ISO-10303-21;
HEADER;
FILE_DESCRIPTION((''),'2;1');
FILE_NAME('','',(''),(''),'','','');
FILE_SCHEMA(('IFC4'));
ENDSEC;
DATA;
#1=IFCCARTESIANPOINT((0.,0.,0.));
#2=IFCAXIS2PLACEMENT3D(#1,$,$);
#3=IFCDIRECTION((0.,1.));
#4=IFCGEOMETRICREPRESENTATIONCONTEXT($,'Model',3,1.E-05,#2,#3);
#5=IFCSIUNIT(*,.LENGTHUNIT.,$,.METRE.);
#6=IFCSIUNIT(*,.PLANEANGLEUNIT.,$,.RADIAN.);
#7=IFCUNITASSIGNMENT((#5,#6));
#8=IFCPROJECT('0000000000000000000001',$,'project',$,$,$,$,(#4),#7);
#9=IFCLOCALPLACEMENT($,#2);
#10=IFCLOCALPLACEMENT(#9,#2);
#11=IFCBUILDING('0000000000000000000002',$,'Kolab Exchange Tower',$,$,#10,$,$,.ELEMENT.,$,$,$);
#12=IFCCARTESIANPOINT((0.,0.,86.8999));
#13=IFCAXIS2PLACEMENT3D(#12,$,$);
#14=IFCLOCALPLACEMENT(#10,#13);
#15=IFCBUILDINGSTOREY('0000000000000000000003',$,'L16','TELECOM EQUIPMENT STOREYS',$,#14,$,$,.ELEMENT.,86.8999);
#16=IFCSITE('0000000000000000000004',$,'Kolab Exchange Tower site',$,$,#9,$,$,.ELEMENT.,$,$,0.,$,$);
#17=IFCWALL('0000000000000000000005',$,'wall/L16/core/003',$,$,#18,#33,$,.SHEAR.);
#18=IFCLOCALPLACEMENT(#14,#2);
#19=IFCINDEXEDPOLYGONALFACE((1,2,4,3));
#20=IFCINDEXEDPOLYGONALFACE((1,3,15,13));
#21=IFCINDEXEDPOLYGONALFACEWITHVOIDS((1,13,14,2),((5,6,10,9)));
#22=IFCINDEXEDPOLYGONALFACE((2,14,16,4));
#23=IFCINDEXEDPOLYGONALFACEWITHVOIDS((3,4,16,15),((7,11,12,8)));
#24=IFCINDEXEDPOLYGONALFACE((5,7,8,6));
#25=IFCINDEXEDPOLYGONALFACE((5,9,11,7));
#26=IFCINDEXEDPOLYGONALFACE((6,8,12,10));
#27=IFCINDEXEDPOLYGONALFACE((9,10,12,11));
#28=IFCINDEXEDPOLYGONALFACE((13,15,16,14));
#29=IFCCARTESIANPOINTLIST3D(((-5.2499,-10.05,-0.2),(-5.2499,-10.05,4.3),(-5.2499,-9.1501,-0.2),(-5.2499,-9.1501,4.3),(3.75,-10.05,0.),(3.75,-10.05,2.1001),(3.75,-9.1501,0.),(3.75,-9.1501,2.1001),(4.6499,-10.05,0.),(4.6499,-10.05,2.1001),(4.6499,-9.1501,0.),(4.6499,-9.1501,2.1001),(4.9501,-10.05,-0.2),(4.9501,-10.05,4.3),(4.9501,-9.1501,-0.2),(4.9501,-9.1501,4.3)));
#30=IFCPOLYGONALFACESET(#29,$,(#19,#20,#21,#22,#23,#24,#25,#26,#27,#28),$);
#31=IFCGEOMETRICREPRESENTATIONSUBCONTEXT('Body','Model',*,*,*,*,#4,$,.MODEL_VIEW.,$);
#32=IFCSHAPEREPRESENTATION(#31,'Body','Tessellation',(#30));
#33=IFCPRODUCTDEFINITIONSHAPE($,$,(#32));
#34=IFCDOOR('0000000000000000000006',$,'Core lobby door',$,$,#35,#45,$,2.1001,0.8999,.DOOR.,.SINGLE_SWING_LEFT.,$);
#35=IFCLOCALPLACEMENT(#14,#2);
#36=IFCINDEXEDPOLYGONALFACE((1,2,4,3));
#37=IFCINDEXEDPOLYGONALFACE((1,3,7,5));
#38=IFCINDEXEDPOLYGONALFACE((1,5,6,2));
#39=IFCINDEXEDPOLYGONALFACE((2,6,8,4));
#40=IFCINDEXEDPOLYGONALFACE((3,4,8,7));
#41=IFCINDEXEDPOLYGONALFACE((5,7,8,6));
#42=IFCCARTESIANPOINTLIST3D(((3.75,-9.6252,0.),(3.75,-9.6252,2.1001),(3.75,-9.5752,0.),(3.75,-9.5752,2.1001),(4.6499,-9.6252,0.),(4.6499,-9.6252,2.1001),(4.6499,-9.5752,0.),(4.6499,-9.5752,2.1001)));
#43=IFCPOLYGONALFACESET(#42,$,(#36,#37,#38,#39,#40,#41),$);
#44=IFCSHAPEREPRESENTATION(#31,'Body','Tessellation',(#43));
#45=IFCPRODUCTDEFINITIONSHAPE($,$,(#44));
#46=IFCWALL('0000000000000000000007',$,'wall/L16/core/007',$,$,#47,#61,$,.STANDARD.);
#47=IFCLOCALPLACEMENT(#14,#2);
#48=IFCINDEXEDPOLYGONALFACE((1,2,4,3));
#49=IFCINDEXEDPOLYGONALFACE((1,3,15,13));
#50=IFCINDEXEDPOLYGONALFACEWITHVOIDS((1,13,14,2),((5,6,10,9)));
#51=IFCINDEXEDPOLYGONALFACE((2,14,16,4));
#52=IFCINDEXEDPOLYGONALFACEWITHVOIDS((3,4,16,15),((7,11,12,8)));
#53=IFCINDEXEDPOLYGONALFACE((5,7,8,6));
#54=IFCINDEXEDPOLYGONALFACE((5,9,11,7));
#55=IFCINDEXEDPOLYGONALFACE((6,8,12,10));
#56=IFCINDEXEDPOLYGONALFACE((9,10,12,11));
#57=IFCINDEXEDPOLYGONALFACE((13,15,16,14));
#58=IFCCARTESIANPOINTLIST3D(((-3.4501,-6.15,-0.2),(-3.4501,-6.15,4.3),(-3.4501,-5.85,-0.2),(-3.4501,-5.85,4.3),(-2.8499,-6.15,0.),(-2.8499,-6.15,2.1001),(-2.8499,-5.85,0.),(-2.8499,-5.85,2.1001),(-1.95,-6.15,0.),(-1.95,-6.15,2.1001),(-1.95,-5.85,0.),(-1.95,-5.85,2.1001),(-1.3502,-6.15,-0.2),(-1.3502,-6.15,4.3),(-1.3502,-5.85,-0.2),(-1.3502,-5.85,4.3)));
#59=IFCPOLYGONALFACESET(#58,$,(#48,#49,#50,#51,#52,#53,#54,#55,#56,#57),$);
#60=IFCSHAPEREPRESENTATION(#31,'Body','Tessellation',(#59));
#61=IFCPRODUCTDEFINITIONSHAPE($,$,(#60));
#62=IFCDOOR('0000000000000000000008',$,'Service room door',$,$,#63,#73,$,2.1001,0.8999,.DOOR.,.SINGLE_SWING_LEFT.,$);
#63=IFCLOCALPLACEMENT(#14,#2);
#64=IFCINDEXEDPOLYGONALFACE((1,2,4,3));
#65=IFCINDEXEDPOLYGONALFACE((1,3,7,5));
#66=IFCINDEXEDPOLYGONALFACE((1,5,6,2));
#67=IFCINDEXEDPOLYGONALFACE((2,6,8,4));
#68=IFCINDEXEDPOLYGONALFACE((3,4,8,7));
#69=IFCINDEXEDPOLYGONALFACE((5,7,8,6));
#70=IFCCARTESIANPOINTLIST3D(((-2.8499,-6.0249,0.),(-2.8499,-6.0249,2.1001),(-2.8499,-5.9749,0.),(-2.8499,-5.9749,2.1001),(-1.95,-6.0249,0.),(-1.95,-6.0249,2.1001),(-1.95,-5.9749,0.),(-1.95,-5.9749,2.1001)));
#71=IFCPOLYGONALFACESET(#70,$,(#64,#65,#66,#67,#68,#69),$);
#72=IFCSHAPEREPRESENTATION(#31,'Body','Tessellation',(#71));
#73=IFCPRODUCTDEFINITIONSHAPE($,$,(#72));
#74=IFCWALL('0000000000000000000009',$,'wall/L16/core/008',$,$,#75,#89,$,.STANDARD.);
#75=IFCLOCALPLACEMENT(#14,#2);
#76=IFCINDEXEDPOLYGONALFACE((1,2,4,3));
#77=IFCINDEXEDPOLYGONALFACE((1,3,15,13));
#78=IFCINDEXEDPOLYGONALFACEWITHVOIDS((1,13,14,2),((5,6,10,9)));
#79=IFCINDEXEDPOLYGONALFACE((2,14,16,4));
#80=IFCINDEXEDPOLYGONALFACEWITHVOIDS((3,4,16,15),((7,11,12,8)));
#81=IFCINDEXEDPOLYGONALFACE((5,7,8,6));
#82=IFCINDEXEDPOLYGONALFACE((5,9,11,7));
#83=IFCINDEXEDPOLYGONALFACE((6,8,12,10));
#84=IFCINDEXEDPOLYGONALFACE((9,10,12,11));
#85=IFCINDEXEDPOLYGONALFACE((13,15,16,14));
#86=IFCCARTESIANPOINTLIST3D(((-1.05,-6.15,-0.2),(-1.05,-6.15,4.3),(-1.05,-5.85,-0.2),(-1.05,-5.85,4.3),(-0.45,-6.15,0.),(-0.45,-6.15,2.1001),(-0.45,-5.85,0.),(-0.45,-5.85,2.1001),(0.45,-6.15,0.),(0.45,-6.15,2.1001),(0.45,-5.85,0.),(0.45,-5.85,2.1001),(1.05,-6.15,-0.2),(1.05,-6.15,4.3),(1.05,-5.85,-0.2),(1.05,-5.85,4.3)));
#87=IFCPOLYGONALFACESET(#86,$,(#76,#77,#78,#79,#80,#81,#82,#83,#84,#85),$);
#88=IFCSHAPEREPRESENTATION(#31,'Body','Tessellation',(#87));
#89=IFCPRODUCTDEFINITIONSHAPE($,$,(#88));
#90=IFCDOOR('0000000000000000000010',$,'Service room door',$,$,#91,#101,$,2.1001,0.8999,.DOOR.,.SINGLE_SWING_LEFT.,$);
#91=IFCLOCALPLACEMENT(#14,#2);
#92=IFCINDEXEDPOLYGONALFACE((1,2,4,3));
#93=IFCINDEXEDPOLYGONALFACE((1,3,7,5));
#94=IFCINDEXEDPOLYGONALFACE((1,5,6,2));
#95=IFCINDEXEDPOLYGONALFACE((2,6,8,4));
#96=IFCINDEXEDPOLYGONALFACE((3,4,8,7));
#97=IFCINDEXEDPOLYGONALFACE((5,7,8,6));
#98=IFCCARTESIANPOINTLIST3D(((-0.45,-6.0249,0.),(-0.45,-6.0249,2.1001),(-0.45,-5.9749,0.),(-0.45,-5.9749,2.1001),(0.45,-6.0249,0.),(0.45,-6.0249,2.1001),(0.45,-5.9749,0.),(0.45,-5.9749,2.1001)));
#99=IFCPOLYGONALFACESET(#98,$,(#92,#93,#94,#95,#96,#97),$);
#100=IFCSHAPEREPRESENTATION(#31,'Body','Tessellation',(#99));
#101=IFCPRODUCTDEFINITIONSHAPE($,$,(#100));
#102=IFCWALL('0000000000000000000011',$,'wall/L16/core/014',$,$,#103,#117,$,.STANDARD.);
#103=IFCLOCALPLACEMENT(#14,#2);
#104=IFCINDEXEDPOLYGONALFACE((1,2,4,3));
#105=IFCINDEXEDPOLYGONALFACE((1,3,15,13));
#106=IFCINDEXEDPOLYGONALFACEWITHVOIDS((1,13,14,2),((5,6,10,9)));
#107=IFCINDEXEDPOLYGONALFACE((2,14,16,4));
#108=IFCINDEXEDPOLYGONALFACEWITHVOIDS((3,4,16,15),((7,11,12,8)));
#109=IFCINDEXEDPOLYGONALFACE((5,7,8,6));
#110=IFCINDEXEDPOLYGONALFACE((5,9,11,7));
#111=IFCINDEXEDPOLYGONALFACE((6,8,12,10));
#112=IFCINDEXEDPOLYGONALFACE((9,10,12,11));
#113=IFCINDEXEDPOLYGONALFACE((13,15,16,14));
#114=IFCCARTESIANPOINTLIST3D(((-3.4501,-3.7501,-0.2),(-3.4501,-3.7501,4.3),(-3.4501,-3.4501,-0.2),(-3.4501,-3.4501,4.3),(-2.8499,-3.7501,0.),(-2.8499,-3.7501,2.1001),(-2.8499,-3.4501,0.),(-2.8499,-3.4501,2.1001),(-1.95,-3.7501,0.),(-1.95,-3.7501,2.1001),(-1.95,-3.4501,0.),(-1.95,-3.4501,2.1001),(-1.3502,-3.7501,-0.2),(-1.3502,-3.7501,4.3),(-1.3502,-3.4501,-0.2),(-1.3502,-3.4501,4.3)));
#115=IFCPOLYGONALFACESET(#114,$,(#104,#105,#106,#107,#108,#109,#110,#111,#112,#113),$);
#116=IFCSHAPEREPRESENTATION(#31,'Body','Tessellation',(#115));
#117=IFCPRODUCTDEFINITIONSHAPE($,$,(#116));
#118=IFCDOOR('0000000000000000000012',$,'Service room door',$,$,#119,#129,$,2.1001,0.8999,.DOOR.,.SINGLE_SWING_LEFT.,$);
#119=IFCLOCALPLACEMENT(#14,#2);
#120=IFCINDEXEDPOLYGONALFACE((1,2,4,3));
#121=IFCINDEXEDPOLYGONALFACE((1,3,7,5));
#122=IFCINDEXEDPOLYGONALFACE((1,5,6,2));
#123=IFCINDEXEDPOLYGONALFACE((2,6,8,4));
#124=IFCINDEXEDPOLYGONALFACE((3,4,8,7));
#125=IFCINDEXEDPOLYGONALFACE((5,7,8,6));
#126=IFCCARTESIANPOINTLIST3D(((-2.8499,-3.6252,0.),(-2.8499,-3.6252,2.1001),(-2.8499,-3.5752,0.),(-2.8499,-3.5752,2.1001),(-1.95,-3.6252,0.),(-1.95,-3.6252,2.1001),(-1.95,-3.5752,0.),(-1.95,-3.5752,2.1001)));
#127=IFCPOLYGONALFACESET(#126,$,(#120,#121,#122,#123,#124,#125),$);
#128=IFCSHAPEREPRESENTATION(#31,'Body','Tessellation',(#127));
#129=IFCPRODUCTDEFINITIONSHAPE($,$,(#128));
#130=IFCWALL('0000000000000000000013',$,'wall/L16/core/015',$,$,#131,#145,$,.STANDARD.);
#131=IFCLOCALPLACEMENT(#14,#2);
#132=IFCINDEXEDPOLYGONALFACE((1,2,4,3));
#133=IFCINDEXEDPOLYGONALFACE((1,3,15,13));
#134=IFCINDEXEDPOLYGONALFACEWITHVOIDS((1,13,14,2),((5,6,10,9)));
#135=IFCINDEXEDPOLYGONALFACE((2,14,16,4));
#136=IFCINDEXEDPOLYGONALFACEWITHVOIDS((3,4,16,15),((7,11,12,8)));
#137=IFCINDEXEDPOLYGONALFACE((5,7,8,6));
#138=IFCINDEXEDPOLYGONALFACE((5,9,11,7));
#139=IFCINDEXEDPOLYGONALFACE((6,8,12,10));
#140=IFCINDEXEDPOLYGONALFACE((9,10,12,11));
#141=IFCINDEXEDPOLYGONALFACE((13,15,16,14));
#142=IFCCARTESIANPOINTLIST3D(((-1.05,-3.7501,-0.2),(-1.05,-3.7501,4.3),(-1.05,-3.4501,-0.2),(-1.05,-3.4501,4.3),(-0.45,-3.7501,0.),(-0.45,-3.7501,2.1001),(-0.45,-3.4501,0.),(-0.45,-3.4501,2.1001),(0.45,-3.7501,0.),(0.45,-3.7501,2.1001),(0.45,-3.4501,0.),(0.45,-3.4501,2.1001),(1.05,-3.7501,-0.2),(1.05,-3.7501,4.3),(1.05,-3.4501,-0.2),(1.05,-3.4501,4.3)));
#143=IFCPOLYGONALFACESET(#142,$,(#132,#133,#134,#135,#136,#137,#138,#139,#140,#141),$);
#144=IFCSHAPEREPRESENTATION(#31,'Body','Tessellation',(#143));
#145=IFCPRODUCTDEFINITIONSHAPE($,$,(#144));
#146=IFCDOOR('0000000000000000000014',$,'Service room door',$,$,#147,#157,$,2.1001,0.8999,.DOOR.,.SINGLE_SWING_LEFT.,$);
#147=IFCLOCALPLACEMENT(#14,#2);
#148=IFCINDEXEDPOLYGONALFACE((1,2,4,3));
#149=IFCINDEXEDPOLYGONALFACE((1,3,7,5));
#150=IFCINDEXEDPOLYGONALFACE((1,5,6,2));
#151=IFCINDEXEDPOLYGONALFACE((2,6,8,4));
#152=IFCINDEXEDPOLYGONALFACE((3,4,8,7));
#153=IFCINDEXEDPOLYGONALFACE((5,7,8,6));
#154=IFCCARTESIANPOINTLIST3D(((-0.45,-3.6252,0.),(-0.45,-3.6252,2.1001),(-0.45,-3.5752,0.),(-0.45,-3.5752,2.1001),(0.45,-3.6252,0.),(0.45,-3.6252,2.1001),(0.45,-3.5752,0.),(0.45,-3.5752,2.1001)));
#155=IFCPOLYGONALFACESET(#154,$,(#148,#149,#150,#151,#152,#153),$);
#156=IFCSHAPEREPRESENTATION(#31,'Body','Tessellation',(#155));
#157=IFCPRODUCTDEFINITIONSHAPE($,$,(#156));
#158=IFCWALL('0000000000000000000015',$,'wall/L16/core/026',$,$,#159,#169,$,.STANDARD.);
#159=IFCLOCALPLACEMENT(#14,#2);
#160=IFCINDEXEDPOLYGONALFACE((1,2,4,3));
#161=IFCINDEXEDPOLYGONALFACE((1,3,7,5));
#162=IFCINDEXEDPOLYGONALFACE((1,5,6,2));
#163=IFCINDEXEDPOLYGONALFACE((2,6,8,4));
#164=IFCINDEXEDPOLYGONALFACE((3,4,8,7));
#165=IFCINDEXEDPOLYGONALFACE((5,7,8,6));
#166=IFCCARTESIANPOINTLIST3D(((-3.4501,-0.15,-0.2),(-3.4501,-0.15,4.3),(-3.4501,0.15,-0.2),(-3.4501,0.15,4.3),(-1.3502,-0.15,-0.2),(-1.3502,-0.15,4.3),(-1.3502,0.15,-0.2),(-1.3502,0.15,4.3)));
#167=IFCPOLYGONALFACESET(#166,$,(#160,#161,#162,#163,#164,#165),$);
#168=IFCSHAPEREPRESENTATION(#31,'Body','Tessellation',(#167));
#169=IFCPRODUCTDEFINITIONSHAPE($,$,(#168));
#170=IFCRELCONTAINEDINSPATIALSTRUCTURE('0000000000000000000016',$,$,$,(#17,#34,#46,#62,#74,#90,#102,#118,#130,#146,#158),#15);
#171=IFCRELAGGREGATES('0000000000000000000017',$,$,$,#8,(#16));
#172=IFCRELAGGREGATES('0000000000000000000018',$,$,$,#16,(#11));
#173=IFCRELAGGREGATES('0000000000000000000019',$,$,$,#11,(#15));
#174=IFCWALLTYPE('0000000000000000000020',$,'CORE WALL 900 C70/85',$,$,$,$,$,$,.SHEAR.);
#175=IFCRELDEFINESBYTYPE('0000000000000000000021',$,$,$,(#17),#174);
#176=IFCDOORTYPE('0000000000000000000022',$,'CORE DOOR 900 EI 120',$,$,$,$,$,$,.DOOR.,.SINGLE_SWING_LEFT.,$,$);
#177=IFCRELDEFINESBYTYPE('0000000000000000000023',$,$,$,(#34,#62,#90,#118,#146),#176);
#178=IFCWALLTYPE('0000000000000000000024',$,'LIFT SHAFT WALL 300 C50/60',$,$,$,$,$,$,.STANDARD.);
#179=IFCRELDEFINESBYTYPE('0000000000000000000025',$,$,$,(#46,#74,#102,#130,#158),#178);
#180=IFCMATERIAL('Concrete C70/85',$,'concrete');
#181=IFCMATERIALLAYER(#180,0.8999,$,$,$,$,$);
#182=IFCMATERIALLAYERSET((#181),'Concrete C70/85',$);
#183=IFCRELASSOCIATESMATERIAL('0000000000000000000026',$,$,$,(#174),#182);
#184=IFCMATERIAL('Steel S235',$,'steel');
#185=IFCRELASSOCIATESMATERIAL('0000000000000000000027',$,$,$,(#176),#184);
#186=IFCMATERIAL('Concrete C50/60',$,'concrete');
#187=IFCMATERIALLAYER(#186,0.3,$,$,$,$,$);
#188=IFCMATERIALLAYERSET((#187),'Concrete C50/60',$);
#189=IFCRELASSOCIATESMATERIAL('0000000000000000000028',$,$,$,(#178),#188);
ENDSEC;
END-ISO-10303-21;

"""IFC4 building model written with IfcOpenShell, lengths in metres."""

from ifc_helpers import new_model, si_unit, direction, frame, frame_2d, origin, place, context, subcontext, project, spatial, rectangle, extrude, material, layer, layer_set, type_object, element, fill, save


model = new_model("IFC4")

# Units and contexts
model_context = context("Model", 3, precision=1e-05, world=origin(), true_north=direction((0.0, 1.0)))
body_context = subcontext(model_context, "Body", "Model", "MODEL_VIEW")
ifc_project = project(units=[si_unit("LENGTHUNIT", "METRE"), si_unit("PLANEANGLEUNIT", "RADIAN")], contexts=[model_context])

# Site, building, storey
site_placement = place(None, origin())
site = spatial("IfcSite", under=ifc_project, at=site_placement, Name="Kolab Exchange Tower site", CompositionType="ELEMENT", RefElevation=0.0)
building_placement = place(site_placement, origin())
building = spatial("IfcBuilding", under=site, at=building_placement, Name="Kolab Exchange Tower", CompositionType="ELEMENT")
storey_placement = place(building_placement, frame((0.0, 0.0, 86.8999)))
storey = spatial("IfcBuildingStorey", under=building, at=storey_placement, Name="L16", Description="TELECOM EQUIPMENT STOREYS", CompositionType="ELEMENT", Elevation=86.8999)

# Walls, openings, doors
ifc_material_1 = material(Name="Concrete C70/85", Category="concrete")
ifc_layer_1 = layer(ifc_material_1, 0.8999)
ifc_layer_set_1 = layer_set([ifc_layer_1], Name="Concrete C70/85")
wall_type_1 = type_object("IfcWallType", Name="CORE WALL 900 C70/85", PredefinedType="SHEAR", material=ifc_layer_set_1)
wall_1_placement = place(storey_placement, frame((-5.25, -9.6001, -0.2), z_axis=(0.0, 0.0, 1.0), x_axis=(1.0, 0.0, 0.0)))
wall_1 = element("IfcWall", 1, at=wall_1_placement, inside=storey, type_object=wall_type_1, Name="wall/L16/core/003", PredefinedType="SHEAR", context=body_context, shape_type="SweptSolid", body=[
    extrude(rectangle(XDim=10.2, YDim=0.8999, at=frame_2d((5.1001, 0.0))), origin(), (0.0, 0.0, 1.0), 4.5),
])
opening_1_placement = place(wall_1_placement, frame((9.0, 0.0, 0.2)))
opening_1 = element("IfcOpeningElement", 2, at=opening_1_placement, cuts=wall_1, PredefinedType="OPENING", context=body_context, shape_type="SweptSolid", body=[
    extrude(rectangle(XDim=0.8999, YDim=2.1001, at=frame_2d((0.45, 1.05))), frame((0.0, 0.46, 0.0), z_axis=(0.0, -1.0, 0.0), x_axis=(1.0, 0.0, 0.0)), (0.0, 0.0, 1.0), 0.9199),
])
ifc_material_2 = material(Name="Steel S235", Category="steel")
door_type_1 = type_object("IfcDoorType", Name="CORE DOOR 900 EI 120", OperationType="SINGLE_SWING_LEFT", PredefinedType="DOOR", material=ifc_material_2)
door_1_placement = place(opening_1_placement, origin())
door_1 = element("IfcDoor", 3, at=door_1_placement, inside=storey, type_object=door_type_1, Name="Core lobby door", OperationType="SINGLE_SWING_LEFT", OverallHeight=2.1001, OverallWidth=0.8999, PredefinedType="DOOR", context=body_context, shape_type="SweptSolid", body=[
    extrude(rectangle(XDim=0.8999, YDim=2.1001, at=frame_2d((0.45, 1.05))), frame((0.0, 0.0249, 0.0), z_axis=(0.0, -1.0, 0.0), x_axis=(1.0, 0.0, 0.0)), (0.0, 0.0, 1.0), 0.05),
])
fill(opening_1, door_1)
ifc_material_3 = material(Name="Concrete C50/60", Category="concrete")
ifc_layer_2 = layer(ifc_material_3, 0.3)
ifc_layer_set_2 = layer_set([ifc_layer_2], Name="Concrete C50/60")
wall_type_2 = type_object("IfcWallType", Name="LIFT SHAFT WALL 300 C50/60", PredefinedType="STANDARD", material=ifc_layer_set_2)
wall_2_placement = place(storey_placement, frame((-3.45, -6.0, -0.2), z_axis=(0.0, 0.0, 1.0), x_axis=(1.0, 0.0, 0.0)))
wall_2 = element("IfcWall", 4, at=wall_2_placement, inside=storey, type_object=wall_type_2, Name="wall/L16/core/007", PredefinedType="STANDARD", context=body_context, shape_type="SweptSolid", body=[
    extrude(rectangle(XDim=2.0999, YDim=0.3, at=frame_2d((1.0498, 0.0))), origin(), (0.0, 0.0, 1.0), 4.5),
])
opening_2_placement = place(wall_2_placement, frame((0.6001, 0.0, 0.2)))
opening_2 = element("IfcOpeningElement", 5, at=opening_2_placement, cuts=wall_2, PredefinedType="OPENING", context=body_context, shape_type="SweptSolid", body=[
    extrude(rectangle(XDim=0.8999, YDim=2.1001, at=frame_2d((0.45, 1.05))), frame((0.0, 0.1602, 0.0), z_axis=(0.0, -1.0, 0.0), x_axis=(1.0, 0.0, 0.0)), (0.0, 0.0, 1.0), 0.3201),
])
door_2_placement = place(opening_2_placement, frame((0.8999, 0.0, 0.0), z_axis=(0.0, 0.0, 1.0), x_axis=(-1.0, 0.0, 0.0)))
door_2 = element("IfcDoor", 6, at=door_2_placement, inside=storey, type_object=door_type_1, Name="Service room door", OperationType="SINGLE_SWING_LEFT", OverallHeight=2.1001, OverallWidth=0.8999, PredefinedType="DOOR", context=body_context, shape_type="SweptSolid", body=[
    extrude(rectangle(XDim=0.8999, YDim=2.1001, at=frame_2d((0.45, 1.05))), frame((0.0, 0.0249, 0.0), z_axis=(0.0, -1.0, 0.0), x_axis=(1.0, 0.0, 0.0)), (0.0, 0.0, 1.0), 0.05),
])
fill(opening_2, door_2)
wall_3_placement = place(storey_placement, frame((-1.05, -6.0, -0.2), z_axis=(0.0, 0.0, 1.0), x_axis=(1.0, 0.0, 0.0)))
wall_3 = element("IfcWall", 7, at=wall_3_placement, inside=storey, type_object=wall_type_2, Name="wall/L16/core/008", PredefinedType="STANDARD", context=body_context, shape_type="SweptSolid", body=[
    extrude(rectangle(XDim=2.1001, YDim=0.3, at=frame_2d((1.05, 0.0))), origin(), (0.0, 0.0, 1.0), 4.5),
])
opening_3_placement = place(wall_3_placement, frame((0.6001, 0.0, 0.2)))
opening_3 = element("IfcOpeningElement", 8, at=opening_3_placement, cuts=wall_3, PredefinedType="OPENING", context=body_context, shape_type="SweptSolid", body=[
    extrude(rectangle(XDim=0.8999, YDim=2.1001, at=frame_2d((0.45, 1.05))), frame((0.0, 0.1602, 0.0), z_axis=(0.0, -1.0, 0.0), x_axis=(1.0, 0.0, 0.0)), (0.0, 0.0, 1.0), 0.3201),
])
door_3_placement = place(opening_3_placement, frame((0.8999, 0.0, 0.0), z_axis=(0.0, 0.0, 1.0), x_axis=(-1.0, 0.0, 0.0)))
door_3 = element("IfcDoor", 9, at=door_3_placement, inside=storey, type_object=door_type_1, Name="Service room door", OperationType="SINGLE_SWING_LEFT", OverallHeight=2.1001, OverallWidth=0.8999, PredefinedType="DOOR", context=body_context, shape_type="SweptSolid", body=[
    extrude(rectangle(XDim=0.8999, YDim=2.1001, at=frame_2d((0.45, 1.05))), frame((0.0, 0.0249, 0.0), z_axis=(0.0, -1.0, 0.0), x_axis=(1.0, 0.0, 0.0)), (0.0, 0.0, 1.0), 0.05),
])
fill(opening_3, door_3)
wall_4_placement = place(storey_placement, frame((-3.45, -3.6001, -0.2), z_axis=(0.0, 0.0, 1.0), x_axis=(1.0, 0.0, 0.0)))
wall_4 = element("IfcWall", 10, at=wall_4_placement, inside=storey, type_object=wall_type_2, Name="wall/L16/core/014", PredefinedType="STANDARD", context=body_context, shape_type="SweptSolid", body=[
    extrude(rectangle(XDim=2.0999, YDim=0.3, at=frame_2d((1.0498, 0.0))), origin(), (0.0, 0.0, 1.0), 4.5),
])
opening_4_placement = place(wall_4_placement, frame((0.6001, 0.0, 0.2)))
opening_4 = element("IfcOpeningElement", 11, at=opening_4_placement, cuts=wall_4, PredefinedType="OPENING", context=body_context, shape_type="SweptSolid", body=[
    extrude(rectangle(XDim=0.8999, YDim=2.1001, at=frame_2d((0.45, 1.05))), frame((0.0, 0.1602, 0.0), z_axis=(0.0, -1.0, 0.0), x_axis=(1.0, 0.0, 0.0)), (0.0, 0.0, 1.0), 0.3201),
])
door_4_placement = place(opening_4_placement, origin())
door_4 = element("IfcDoor", 12, at=door_4_placement, inside=storey, type_object=door_type_1, Name="Service room door", OperationType="SINGLE_SWING_LEFT", OverallHeight=2.1001, OverallWidth=0.8999, PredefinedType="DOOR", context=body_context, shape_type="SweptSolid", body=[
    extrude(rectangle(XDim=0.8999, YDim=2.1001, at=frame_2d((0.45, 1.05))), frame((0.0, 0.0249, 0.0), z_axis=(0.0, -1.0, 0.0), x_axis=(1.0, 0.0, 0.0)), (0.0, 0.0, 1.0), 0.05),
])
fill(opening_4, door_4)
wall_5_placement = place(storey_placement, frame((-1.05, -3.6001, -0.2), z_axis=(0.0, 0.0, 1.0), x_axis=(1.0, 0.0, 0.0)))
wall_5 = element("IfcWall", 13, at=wall_5_placement, inside=storey, type_object=wall_type_2, Name="wall/L16/core/015", PredefinedType="STANDARD", context=body_context, shape_type="SweptSolid", body=[
    extrude(rectangle(XDim=2.1001, YDim=0.3, at=frame_2d((1.05, 0.0))), origin(), (0.0, 0.0, 1.0), 4.5),
])
opening_5_placement = place(wall_5_placement, frame((0.6001, 0.0, 0.2)))
opening_5 = element("IfcOpeningElement", 14, at=opening_5_placement, cuts=wall_5, PredefinedType="OPENING", context=body_context, shape_type="SweptSolid", body=[
    extrude(rectangle(XDim=0.8999, YDim=2.1001, at=frame_2d((0.45, 1.05))), frame((0.0, 0.1602, 0.0), z_axis=(0.0, -1.0, 0.0), x_axis=(1.0, 0.0, 0.0)), (0.0, 0.0, 1.0), 0.3201),
])
door_5_placement = place(opening_5_placement, origin())
door_5 = element("IfcDoor", 15, at=door_5_placement, inside=storey, type_object=door_type_1, Name="Service room door", OperationType="SINGLE_SWING_LEFT", OverallHeight=2.1001, OverallWidth=0.8999, PredefinedType="DOOR", context=body_context, shape_type="SweptSolid", body=[
    extrude(rectangle(XDim=0.8999, YDim=2.1001, at=frame_2d((0.45, 1.05))), frame((0.0, 0.0249, 0.0), z_axis=(0.0, -1.0, 0.0), x_axis=(1.0, 0.0, 0.0)), (0.0, 0.0, 1.0), 0.05),
])
fill(opening_5, door_5)

# Wall
wall_6_placement = place(storey_placement, frame((-3.45, 0.0, -0.2), z_axis=(0.0, 0.0, 1.0), x_axis=(1.0, 0.0, 0.0)))
element("IfcWall", 16, at=wall_6_placement, inside=storey, type_object=wall_type_2, Name="wall/L16/core/026", PredefinedType="STANDARD", context=body_context, shape_type="SweptSolid", body=[
    extrude(rectangle(XDim=2.0999, YDim=0.3, at=frame_2d((1.0498, 0.0))), origin(), (0.0, 0.0, 1.0), 4.5),
])

save(model, "model.ifc")
